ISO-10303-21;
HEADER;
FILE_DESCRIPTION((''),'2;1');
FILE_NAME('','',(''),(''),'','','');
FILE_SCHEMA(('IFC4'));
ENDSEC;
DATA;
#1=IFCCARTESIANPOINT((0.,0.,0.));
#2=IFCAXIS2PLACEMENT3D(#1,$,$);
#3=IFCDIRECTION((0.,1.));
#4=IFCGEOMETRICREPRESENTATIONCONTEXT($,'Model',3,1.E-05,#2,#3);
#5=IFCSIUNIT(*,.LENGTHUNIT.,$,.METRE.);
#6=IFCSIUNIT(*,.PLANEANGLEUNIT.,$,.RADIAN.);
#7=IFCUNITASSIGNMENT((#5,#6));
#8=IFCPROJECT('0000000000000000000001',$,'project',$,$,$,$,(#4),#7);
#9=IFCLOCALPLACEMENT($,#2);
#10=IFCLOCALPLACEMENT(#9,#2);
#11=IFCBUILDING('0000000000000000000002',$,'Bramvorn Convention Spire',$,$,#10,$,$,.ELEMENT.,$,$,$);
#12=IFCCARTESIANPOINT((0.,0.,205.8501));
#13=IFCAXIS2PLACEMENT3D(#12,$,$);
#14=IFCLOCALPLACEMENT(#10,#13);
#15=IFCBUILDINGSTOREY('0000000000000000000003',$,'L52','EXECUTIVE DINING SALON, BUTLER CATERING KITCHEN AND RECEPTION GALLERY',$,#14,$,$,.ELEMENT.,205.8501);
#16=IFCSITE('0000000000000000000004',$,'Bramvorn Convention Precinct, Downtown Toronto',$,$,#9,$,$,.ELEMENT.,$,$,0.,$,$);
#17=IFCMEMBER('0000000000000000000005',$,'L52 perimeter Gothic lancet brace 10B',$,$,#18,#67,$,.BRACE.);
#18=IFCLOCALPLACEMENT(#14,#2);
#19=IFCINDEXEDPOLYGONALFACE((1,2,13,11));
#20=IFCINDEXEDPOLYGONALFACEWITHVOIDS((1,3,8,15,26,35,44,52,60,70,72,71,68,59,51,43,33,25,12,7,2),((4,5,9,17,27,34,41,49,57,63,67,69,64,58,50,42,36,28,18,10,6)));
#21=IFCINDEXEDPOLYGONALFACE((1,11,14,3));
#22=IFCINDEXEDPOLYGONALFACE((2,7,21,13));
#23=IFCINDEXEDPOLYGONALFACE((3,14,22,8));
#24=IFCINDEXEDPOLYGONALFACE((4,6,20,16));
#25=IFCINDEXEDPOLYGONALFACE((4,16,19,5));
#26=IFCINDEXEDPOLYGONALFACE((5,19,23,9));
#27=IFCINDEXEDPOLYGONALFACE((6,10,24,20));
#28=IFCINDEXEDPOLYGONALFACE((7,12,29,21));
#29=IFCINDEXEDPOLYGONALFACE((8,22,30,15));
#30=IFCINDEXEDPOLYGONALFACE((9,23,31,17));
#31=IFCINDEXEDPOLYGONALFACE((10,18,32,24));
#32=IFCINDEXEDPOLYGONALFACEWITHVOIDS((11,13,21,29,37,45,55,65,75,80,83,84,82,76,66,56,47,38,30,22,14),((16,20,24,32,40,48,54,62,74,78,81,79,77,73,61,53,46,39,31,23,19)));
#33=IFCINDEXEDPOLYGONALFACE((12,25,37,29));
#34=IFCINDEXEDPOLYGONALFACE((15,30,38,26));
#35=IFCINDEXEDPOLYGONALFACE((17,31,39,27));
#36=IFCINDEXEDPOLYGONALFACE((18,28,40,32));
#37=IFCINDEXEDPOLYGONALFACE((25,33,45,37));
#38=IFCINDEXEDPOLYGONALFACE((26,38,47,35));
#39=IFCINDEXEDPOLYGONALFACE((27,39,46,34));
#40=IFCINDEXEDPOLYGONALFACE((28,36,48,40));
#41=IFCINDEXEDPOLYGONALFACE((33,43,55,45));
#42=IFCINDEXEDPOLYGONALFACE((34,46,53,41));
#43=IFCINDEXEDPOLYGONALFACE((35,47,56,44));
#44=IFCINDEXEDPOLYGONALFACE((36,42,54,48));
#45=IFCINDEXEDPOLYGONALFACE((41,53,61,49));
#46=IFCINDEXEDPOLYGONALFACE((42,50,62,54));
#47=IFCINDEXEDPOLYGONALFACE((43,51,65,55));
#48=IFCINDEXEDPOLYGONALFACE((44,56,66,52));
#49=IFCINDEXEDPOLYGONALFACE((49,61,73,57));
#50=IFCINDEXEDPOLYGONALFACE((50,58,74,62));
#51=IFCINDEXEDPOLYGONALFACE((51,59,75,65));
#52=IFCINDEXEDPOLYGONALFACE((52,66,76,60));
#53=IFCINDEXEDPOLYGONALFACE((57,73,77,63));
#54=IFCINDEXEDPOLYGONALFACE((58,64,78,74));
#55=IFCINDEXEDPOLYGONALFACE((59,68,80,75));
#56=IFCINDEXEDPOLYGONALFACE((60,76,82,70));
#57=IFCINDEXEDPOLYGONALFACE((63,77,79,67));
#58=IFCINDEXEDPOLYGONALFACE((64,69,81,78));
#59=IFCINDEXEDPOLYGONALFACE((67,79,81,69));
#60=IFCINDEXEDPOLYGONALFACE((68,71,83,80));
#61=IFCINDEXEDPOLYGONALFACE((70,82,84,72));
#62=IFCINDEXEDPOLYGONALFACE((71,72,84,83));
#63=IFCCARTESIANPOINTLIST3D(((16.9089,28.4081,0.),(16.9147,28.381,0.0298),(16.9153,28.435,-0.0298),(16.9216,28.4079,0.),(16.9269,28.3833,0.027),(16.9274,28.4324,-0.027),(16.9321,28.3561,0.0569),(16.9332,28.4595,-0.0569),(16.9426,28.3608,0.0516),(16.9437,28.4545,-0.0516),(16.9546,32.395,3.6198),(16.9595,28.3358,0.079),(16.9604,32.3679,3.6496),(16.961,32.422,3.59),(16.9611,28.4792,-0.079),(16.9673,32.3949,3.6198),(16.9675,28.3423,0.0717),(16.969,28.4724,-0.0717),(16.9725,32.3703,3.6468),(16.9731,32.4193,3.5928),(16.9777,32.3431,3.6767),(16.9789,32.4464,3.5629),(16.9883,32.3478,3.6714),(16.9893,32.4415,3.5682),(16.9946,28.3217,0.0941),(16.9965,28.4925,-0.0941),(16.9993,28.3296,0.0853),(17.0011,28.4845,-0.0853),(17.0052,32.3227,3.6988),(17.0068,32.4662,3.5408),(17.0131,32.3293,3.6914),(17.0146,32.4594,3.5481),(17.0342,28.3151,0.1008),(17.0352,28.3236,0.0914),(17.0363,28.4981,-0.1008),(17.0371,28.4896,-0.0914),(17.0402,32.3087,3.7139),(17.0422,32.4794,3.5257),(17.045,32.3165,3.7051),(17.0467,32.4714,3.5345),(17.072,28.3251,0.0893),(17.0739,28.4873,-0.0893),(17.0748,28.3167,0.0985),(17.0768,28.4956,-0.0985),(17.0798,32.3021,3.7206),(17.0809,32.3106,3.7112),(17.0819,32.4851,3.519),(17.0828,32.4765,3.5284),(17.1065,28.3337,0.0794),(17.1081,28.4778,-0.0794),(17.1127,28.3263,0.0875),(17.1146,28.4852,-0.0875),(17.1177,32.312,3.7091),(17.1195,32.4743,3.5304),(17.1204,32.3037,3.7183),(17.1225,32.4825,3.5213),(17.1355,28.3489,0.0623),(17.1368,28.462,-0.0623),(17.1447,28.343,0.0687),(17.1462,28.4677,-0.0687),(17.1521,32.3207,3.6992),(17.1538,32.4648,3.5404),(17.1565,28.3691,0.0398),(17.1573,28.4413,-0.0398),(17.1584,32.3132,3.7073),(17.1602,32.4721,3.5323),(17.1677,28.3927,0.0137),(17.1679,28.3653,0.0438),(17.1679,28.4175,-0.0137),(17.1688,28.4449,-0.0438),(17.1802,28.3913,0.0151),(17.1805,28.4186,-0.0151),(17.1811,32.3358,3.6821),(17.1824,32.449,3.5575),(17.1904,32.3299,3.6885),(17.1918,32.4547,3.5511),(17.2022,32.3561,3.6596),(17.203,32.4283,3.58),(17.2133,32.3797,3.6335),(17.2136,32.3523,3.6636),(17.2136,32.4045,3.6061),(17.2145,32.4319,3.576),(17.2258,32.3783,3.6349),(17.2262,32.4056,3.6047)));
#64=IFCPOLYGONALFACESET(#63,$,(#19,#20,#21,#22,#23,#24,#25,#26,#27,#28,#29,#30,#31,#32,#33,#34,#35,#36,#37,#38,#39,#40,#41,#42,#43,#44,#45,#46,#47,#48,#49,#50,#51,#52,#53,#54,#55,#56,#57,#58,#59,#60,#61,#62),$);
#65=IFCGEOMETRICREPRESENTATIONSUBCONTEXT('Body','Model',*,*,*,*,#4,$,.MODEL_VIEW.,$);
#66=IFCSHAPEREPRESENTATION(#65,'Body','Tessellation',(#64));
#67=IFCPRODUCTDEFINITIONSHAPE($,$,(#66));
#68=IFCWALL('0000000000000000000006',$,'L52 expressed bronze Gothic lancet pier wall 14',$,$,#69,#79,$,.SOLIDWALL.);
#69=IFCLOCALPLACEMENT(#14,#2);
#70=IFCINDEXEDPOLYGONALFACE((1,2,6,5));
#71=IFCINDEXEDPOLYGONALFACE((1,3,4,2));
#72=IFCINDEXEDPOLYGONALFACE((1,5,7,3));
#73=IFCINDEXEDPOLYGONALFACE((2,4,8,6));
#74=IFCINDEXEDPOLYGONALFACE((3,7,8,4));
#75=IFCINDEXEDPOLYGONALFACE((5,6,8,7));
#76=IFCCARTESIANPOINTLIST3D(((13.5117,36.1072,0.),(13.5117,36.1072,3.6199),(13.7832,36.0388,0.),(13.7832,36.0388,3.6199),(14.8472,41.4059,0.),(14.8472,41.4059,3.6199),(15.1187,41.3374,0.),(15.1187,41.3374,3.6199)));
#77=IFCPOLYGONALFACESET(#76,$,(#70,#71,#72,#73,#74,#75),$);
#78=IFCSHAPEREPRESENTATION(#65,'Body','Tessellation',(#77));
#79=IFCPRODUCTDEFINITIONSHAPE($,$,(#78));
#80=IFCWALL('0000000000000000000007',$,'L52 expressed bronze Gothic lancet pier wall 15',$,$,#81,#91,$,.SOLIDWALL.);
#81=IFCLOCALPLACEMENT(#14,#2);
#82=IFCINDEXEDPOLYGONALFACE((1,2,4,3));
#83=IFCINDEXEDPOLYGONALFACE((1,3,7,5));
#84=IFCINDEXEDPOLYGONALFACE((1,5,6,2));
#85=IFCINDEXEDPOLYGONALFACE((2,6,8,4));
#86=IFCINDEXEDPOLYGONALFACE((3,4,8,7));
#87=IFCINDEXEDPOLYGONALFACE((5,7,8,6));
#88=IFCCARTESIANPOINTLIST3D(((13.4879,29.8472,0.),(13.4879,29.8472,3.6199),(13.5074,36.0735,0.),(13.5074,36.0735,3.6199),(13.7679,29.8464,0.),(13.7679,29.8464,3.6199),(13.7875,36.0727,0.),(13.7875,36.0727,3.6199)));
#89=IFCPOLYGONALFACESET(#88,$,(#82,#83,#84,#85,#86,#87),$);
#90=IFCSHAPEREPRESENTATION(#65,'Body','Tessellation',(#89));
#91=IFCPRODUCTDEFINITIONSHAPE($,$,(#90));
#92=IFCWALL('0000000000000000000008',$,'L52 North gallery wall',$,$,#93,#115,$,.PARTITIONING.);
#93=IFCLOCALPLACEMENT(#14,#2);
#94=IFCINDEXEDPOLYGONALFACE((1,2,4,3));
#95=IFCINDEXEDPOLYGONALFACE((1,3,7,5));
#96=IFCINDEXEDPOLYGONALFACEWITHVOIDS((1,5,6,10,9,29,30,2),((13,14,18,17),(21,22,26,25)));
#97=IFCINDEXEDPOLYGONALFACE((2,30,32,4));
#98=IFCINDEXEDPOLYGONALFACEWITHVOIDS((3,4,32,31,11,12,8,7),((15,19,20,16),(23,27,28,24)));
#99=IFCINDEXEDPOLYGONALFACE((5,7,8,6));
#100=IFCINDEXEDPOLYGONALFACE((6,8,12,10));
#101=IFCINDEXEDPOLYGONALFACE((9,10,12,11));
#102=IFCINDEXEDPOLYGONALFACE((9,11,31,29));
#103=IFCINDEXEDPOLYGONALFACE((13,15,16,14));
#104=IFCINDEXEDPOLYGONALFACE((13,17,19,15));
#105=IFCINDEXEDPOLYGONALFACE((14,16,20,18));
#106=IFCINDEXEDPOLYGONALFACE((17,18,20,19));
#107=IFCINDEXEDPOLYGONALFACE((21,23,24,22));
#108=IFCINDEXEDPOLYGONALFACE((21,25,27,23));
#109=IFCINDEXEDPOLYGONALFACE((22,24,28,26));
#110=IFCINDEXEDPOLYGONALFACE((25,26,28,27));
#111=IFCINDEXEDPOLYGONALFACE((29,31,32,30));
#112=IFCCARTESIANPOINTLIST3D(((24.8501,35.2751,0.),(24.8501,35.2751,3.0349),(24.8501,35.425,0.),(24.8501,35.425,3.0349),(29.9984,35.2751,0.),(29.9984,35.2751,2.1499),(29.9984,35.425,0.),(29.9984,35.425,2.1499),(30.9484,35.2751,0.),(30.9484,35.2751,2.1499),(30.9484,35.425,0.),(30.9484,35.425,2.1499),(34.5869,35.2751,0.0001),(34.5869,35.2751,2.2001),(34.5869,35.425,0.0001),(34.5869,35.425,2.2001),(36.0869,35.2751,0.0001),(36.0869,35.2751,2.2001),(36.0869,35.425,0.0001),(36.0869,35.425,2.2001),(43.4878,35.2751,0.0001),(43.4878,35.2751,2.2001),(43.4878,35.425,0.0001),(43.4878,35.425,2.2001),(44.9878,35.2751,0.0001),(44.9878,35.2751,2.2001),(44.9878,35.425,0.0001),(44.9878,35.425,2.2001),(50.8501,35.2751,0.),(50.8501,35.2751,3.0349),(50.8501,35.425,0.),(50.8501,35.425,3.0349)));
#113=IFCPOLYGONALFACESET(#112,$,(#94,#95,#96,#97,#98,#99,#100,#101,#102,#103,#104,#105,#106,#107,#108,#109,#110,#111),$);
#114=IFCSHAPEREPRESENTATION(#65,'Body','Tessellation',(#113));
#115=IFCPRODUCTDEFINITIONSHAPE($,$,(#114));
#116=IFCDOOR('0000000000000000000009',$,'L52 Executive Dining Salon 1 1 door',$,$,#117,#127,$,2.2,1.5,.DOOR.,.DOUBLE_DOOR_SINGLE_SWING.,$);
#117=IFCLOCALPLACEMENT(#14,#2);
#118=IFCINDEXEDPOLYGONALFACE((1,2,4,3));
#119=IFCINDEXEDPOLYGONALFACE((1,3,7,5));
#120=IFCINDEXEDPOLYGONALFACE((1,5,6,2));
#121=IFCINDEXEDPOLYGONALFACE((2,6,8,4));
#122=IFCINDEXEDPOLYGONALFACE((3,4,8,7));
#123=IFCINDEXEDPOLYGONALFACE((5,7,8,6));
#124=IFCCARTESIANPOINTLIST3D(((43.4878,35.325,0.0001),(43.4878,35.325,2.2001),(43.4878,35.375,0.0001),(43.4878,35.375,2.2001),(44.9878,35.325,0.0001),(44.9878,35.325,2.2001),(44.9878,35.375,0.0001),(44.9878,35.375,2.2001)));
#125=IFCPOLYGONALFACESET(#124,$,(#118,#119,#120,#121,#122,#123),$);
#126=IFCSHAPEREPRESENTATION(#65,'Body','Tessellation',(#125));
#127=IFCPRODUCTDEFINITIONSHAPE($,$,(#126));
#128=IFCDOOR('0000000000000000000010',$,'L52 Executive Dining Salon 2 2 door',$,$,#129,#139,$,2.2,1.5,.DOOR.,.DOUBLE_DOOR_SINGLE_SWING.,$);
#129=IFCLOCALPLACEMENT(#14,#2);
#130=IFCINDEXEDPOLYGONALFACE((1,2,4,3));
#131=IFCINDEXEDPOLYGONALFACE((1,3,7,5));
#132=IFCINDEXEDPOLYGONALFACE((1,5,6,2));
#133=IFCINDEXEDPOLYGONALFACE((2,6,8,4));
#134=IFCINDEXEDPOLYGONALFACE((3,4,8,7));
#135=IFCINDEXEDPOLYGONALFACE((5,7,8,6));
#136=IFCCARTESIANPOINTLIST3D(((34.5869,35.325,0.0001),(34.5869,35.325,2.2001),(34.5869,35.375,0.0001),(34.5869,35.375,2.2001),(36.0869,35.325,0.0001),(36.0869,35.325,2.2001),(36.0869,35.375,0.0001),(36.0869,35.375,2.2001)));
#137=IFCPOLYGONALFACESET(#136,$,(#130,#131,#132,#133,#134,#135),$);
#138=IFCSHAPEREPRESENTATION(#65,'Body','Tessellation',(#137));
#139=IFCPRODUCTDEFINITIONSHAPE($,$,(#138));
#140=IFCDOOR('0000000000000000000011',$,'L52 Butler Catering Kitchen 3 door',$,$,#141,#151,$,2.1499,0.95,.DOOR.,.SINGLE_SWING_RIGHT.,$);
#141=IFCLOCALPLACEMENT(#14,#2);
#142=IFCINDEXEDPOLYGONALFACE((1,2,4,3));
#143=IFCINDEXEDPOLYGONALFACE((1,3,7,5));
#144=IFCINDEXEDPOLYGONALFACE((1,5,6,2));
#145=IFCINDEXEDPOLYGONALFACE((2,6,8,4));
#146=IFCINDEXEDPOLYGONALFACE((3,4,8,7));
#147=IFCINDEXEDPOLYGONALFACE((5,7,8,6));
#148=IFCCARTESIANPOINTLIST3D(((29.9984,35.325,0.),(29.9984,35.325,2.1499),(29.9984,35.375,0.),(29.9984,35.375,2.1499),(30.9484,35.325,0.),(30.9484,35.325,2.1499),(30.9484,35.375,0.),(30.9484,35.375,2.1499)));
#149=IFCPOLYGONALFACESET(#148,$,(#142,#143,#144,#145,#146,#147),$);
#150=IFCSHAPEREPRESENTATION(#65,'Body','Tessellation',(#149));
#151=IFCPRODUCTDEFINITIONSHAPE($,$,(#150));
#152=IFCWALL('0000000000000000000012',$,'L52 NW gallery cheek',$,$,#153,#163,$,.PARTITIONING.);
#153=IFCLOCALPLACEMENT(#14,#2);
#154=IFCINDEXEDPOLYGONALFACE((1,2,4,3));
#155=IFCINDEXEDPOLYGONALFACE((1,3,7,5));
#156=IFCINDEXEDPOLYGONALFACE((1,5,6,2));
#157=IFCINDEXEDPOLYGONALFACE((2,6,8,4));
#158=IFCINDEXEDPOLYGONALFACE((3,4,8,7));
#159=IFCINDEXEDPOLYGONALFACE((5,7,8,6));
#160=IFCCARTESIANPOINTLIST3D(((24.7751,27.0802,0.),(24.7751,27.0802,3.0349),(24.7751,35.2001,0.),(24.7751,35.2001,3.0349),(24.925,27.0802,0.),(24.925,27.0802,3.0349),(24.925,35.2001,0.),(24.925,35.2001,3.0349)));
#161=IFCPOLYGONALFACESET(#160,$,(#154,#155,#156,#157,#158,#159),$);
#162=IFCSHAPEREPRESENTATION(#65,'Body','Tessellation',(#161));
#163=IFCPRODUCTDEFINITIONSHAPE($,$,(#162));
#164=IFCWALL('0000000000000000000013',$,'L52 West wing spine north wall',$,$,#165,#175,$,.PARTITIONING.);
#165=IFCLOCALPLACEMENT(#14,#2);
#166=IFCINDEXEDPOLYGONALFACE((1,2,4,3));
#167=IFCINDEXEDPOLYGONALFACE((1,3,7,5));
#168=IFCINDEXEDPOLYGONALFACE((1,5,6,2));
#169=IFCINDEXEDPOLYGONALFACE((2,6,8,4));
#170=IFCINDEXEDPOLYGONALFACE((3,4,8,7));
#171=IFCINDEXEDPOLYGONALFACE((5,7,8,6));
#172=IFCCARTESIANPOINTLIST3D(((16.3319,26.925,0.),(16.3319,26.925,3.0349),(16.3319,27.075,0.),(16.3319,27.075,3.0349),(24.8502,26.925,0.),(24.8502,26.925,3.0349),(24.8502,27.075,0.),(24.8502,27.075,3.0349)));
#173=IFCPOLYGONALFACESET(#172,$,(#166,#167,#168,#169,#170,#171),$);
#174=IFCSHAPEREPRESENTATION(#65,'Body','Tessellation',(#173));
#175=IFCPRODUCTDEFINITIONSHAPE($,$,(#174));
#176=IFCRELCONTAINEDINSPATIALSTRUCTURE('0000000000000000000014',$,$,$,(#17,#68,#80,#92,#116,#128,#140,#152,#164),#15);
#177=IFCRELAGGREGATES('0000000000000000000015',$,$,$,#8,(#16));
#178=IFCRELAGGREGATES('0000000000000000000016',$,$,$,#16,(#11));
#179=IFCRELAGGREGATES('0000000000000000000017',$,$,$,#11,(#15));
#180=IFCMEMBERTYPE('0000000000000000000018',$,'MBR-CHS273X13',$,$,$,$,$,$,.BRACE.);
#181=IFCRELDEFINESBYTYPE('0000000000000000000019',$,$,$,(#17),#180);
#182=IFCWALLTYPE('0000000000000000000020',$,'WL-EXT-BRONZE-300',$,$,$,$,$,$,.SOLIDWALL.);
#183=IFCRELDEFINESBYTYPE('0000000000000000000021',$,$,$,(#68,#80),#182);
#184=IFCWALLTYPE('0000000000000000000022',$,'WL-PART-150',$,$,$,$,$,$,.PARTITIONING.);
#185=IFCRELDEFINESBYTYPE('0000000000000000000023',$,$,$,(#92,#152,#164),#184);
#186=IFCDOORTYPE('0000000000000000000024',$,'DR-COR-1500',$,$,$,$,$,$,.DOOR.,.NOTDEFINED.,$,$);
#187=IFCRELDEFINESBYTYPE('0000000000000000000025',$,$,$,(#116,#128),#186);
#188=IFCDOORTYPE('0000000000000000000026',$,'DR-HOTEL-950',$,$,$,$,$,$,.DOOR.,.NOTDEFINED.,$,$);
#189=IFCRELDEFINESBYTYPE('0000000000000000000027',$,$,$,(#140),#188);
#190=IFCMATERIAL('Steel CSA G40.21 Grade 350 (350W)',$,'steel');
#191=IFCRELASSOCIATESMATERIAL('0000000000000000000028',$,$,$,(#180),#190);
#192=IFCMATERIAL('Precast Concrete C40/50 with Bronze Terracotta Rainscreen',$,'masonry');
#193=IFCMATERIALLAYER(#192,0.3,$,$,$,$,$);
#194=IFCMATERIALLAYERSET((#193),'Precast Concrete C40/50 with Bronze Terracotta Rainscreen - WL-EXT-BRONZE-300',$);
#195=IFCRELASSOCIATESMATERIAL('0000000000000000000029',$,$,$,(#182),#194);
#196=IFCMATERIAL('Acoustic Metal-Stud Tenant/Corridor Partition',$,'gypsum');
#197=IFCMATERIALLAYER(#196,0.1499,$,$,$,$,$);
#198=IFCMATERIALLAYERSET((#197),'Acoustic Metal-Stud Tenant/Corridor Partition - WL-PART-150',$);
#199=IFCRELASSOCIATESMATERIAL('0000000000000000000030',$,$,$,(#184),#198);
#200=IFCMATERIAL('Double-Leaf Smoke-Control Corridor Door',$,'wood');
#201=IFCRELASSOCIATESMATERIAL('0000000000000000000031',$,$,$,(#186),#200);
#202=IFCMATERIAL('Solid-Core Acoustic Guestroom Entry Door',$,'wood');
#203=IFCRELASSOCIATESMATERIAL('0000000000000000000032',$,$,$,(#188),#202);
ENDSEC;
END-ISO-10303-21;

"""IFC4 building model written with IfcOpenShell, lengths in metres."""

from ifc_helpers import new_model, si_unit, direction, frame, frame_2d, origin, origin_2d, place, context, subcontext, project, spatial, rectangle, hollow_circle, extrude, material, layer, layer_set, material_profile, profile_set, type_object, element, fill, save


model = new_model("IFC4")

# Units and contexts
model_context = context("Model", 3, precision=1e-05, world=origin(), true_north=direction((0.0, 1.0)))
body_context = subcontext(model_context, "Body", "Model", "MODEL_VIEW")
ifc_project = project(units=[si_unit("LENGTHUNIT", "METRE"), si_unit("PLANEANGLEUNIT", "RADIAN")], contexts=[model_context])

# Site, building, storey
site_placement = place(None, origin())
site = spatial("IfcSite", under=ifc_project, at=site_placement, Name="Bramvorn Convention Precinct, Downtown Toronto", CompositionType="ELEMENT", RefElevation=0.0)
building_placement = place(site_placement, origin())
building = spatial("IfcBuilding", under=site, at=building_placement, Name="Bramvorn Convention Spire", CompositionType="ELEMENT")
storey_placement = place(building_placement, frame((0.0, 0.0, 205.8501)))
storey = spatial("IfcBuildingStorey", under=building, at=storey_placement, Name="L52", Description="EXECUTIVE DINING SALON, BUTLER CATERING KITCHEN AND RECEPTION GALLERY", CompositionType="ELEMENT", Elevation=205.8501)

# Shared definitions
ifc_material_1 = material(Name="Steel CSA G40.21 Grade 350 (350W)", Category="steel")

# Member
ifc_material_profile_1 = material_profile(ifc_material_1, hollow_circle(Radius=0.1365, WallThickness=0.0127, at=origin_2d()))
ifc_profile_set_1 = profile_set([ifc_material_profile_1], Name="Steel CSA G40.21 Grade 350 (350W) - CHS273X13")
member_type = type_object("IfcMemberType", Name="MBR-CHS273X13", PredefinedType="BRACE", material=ifc_profile_set_1)
member_placement = place(storey_placement, frame((17.0454, 28.4065, 0.0), z_axis=(0.008477, 0.74035, 0.672168), x_axis=(-0.999934, 0.01145, 0.0)))
element("IfcMember", 1, at=member_placement, inside=storey, type_object=member_type, Name="L52 perimeter Gothic lancet brace 10B", PredefinedType="BRACE", context=body_context, shape_type="SweptSolid", body=[
    extrude(hollow_circle(Radius=0.1365, WallThickness=0.0127, at=origin_2d()), origin(), (0.0, 0.0, 1.0), 5.3853),
])

# Walls
ifc_material_2 = material(Name="Precast Concrete C40/50 with Bronze Terracotta Rainscreen", Category="masonry")
ifc_layer_1 = layer(ifc_material_2, 0.3)
ifc_layer_set_1 = layer_set([ifc_layer_1], Name="Precast Concrete C40/50 with Bronze Terracotta Rainscreen - WL-EXT-BRONZE-300")
wall_type_1 = type_object("IfcWallType", Name="WL-EXT-BRONZE-300", PredefinedType="SOLIDWALL", material=ifc_layer_set_1)
wall_1_placement = place(storey_placement, frame((13.6475, 36.073, 0.0), z_axis=(0.0, 0.0, 1.0), x_axis=(0.244396, 0.969676, 0.0)))
element("IfcWall", 2, at=wall_1_placement, inside=storey, type_object=wall_type_1, Name="L52 expressed bronze Gothic lancet pier wall 14", PredefinedType="SOLIDWALL", context=body_context, shape_type="SweptSolid", body=[
    extrude(rectangle(XDim=5.4644, YDim=0.28, at=frame_2d((2.7322, 0.0))), origin(), (0.0, 0.0, 1.0), 3.6199),
])
wall_2_placement = place(storey_placement, frame((13.6279, 29.8467, 0.0), z_axis=(0.0, 0.0, 1.0), x_axis=(0.003137, 0.999995, 0.0)))
element("IfcWall", 3, at=wall_2_placement, inside=storey, type_object=wall_type_1, Name="L52 expressed bronze Gothic lancet pier wall 15", PredefinedType="SOLIDWALL", context=body_context, shape_type="SweptSolid", body=[
    extrude(rectangle(XDim=6.2263, YDim=0.28, at=frame_2d((3.1133, 0.0))), origin(), (0.0, 0.0, 1.0), 3.6199),
])

# Wall, openings, doors
ifc_material_3 = material(Name="Acoustic Metal-Stud Tenant/Corridor Partition", Category="gypsum")
ifc_layer_2 = layer(ifc_material_3, 0.1499)
ifc_layer_set_2 = layer_set([ifc_layer_2], Name="Acoustic Metal-Stud Tenant/Corridor Partition - WL-PART-150")
wall_type_2 = type_object("IfcWallType", Name="WL-PART-150", PredefinedType="PARTITIONING", material=ifc_layer_set_2)
wall_3_placement = place(storey_placement, frame((24.8501, 35.3501, 0.0), z_axis=(0.0, 0.0, 1.0), x_axis=(1.0, 0.0, 0.0)))
wall_3 = element("IfcWall", 4, at=wall_3_placement, inside=storey, type_object=wall_type_2, Name="L52 North gallery wall", PredefinedType="PARTITIONING", context=body_context, shape_type="SweptSolid", body=[
    extrude(rectangle(XDim=26.0, YDim=0.1499, at=frame_2d((13.0, 0.0))), origin(), (0.0, 0.0, 1.0), 3.0349),
])
opening_1_placement = place(wall_3_placement, frame((18.6377, 0.0, 0.0)))
opening_1 = element("IfcOpeningElement", 5, at=opening_1_placement, cuts=wall_3, PredefinedType="OPENING", context=body_context, shape_type="SweptSolid", body=[
    extrude(rectangle(XDim=1.5, YDim=2.2, at=frame_2d((0.75, 1.1001))), frame((0.0, 0.085, 0.0), z_axis=(0.0, -1.0, 0.0), x_axis=(1.0, 0.0, 0.0)), (0.0, 0.0, 1.0), 0.1699),
])
opening_2_placement = place(wall_3_placement, frame((9.7368, 0.0, 0.0)))
opening_2 = element("IfcOpeningElement", 6, at=opening_2_placement, cuts=wall_3, PredefinedType="OPENING", context=body_context, shape_type="SweptSolid", body=[
    extrude(rectangle(XDim=1.5, YDim=2.2, at=frame_2d((0.75, 1.1001))), frame((0.0, 0.085, 0.0), z_axis=(0.0, -1.0, 0.0), x_axis=(1.0, 0.0, 0.0)), (0.0, 0.0, 1.0), 0.1699),
])
opening_3_placement = place(wall_3_placement, frame((5.1482, 0.0, 0.0)))
opening_3 = element("IfcOpeningElement", 7, at=opening_3_placement, cuts=wall_3, PredefinedType="OPENING", context=body_context, shape_type="SweptSolid", body=[
    extrude(rectangle(XDim=0.95, YDim=2.1499, at=frame_2d((0.4751, 1.075))), frame((0.0, 0.085, 0.0), z_axis=(0.0, -1.0, 0.0), x_axis=(1.0, 0.0, 0.0)), (0.0, 0.0, 1.0), 0.1699),
])
ifc_material_4 = material(Name="Double-Leaf Smoke-Control Corridor Door", Category="wood")
door_type_1 = type_object("IfcDoorType", Name="DR-COR-1500", OperationType="NOTDEFINED", PredefinedType="DOOR", material=ifc_material_4)
door_1_placement = place(opening_1_placement, origin())
door_1 = element("IfcDoor", 8, at=door_1_placement, inside=storey, type_object=door_type_1, Name="L52 Executive Dining Salon 1 1 door", OperationType="DOUBLE_DOOR_SINGLE_SWING", OverallHeight=2.2, OverallWidth=1.5, PredefinedType="DOOR", context=body_context, shape_type="SweptSolid", body=[
    extrude(rectangle(XDim=1.5, YDim=2.2, at=frame_2d((0.75, 1.1001))), frame((0.0, 0.0249, 0.0), z_axis=(0.0, -1.0, 0.0), x_axis=(1.0, 0.0, 0.0)), (0.0, 0.0, 1.0), 0.05),
])
fill(opening_1, door_1)
door_2_placement = place(opening_2_placement, origin())
door_2 = element("IfcDoor", 9, at=door_2_placement, inside=storey, type_object=door_type_1, Name="L52 Executive Dining Salon 2 2 door", OperationType="DOUBLE_DOOR_SINGLE_SWING", OverallHeight=2.2, OverallWidth=1.5, PredefinedType="DOOR", context=body_context, shape_type="SweptSolid", body=[
    extrude(rectangle(XDim=1.5, YDim=2.2, at=frame_2d((0.75, 1.1001))), frame((0.0, 0.0249, 0.0), z_axis=(0.0, -1.0, 0.0), x_axis=(1.0, 0.0, 0.0)), (0.0, 0.0, 1.0), 0.05),
])
fill(opening_2, door_2)
ifc_material_5 = material(Name="Solid-Core Acoustic Guestroom Entry Door", Category="wood")
door_type_2 = type_object("IfcDoorType", Name="DR-HOTEL-950", OperationType="NOTDEFINED", PredefinedType="DOOR", material=ifc_material_5)
door_3_placement = place(opening_3_placement, origin())
door_3 = element("IfcDoor", 10, at=door_3_placement, inside=storey, type_object=door_type_2, Name="L52 Butler Catering Kitchen 3 door", OperationType="SINGLE_SWING_RIGHT", OverallHeight=2.1499, OverallWidth=0.95, PredefinedType="DOOR", context=body_context, shape_type="SweptSolid", body=[
    extrude(rectangle(XDim=0.95, YDim=2.1499, at=frame_2d((0.4751, 1.075))), frame((0.0, 0.0249, 0.0), z_axis=(0.0, -1.0, 0.0), x_axis=(1.0, 0.0, 0.0)), (0.0, 0.0, 1.0), 0.05),
])
fill(opening_3, door_3)

# Walls
wall_4_placement = place(storey_placement, frame((24.8501, 27.0801, 0.0), z_axis=(0.0, 0.0, 1.0), x_axis=(0.0, 1.0, 0.0)))
element("IfcWall", 11, at=wall_4_placement, inside=storey, type_object=wall_type_2, Name="L52 NW gallery cheek", PredefinedType="PARTITIONING", context=body_context, shape_type="SweptSolid", body=[
    extrude(rectangle(XDim=8.1199, YDim=0.1499, at=frame_2d((4.0601, 0.0))), origin(), (0.0, 0.0, 1.0), 3.0349),
])
wall_5_placement = place(storey_placement, frame((16.3318, 27.0, 0.0), z_axis=(0.0, 0.0, 1.0), x_axis=(1.0, 0.0, 0.0)))
element("IfcWall", 12, at=wall_5_placement, inside=storey, type_object=wall_type_2, Name="L52 West wing spine north wall", PredefinedType="PARTITIONING", context=body_context, shape_type="SweptSolid", body=[
    extrude(rectangle(XDim=8.5183, YDim=0.1499, at=frame_2d((4.2593, 0.0))), origin(), (0.0, 0.0, 1.0), 3.0349),
])

save(model, "model.ifc")
